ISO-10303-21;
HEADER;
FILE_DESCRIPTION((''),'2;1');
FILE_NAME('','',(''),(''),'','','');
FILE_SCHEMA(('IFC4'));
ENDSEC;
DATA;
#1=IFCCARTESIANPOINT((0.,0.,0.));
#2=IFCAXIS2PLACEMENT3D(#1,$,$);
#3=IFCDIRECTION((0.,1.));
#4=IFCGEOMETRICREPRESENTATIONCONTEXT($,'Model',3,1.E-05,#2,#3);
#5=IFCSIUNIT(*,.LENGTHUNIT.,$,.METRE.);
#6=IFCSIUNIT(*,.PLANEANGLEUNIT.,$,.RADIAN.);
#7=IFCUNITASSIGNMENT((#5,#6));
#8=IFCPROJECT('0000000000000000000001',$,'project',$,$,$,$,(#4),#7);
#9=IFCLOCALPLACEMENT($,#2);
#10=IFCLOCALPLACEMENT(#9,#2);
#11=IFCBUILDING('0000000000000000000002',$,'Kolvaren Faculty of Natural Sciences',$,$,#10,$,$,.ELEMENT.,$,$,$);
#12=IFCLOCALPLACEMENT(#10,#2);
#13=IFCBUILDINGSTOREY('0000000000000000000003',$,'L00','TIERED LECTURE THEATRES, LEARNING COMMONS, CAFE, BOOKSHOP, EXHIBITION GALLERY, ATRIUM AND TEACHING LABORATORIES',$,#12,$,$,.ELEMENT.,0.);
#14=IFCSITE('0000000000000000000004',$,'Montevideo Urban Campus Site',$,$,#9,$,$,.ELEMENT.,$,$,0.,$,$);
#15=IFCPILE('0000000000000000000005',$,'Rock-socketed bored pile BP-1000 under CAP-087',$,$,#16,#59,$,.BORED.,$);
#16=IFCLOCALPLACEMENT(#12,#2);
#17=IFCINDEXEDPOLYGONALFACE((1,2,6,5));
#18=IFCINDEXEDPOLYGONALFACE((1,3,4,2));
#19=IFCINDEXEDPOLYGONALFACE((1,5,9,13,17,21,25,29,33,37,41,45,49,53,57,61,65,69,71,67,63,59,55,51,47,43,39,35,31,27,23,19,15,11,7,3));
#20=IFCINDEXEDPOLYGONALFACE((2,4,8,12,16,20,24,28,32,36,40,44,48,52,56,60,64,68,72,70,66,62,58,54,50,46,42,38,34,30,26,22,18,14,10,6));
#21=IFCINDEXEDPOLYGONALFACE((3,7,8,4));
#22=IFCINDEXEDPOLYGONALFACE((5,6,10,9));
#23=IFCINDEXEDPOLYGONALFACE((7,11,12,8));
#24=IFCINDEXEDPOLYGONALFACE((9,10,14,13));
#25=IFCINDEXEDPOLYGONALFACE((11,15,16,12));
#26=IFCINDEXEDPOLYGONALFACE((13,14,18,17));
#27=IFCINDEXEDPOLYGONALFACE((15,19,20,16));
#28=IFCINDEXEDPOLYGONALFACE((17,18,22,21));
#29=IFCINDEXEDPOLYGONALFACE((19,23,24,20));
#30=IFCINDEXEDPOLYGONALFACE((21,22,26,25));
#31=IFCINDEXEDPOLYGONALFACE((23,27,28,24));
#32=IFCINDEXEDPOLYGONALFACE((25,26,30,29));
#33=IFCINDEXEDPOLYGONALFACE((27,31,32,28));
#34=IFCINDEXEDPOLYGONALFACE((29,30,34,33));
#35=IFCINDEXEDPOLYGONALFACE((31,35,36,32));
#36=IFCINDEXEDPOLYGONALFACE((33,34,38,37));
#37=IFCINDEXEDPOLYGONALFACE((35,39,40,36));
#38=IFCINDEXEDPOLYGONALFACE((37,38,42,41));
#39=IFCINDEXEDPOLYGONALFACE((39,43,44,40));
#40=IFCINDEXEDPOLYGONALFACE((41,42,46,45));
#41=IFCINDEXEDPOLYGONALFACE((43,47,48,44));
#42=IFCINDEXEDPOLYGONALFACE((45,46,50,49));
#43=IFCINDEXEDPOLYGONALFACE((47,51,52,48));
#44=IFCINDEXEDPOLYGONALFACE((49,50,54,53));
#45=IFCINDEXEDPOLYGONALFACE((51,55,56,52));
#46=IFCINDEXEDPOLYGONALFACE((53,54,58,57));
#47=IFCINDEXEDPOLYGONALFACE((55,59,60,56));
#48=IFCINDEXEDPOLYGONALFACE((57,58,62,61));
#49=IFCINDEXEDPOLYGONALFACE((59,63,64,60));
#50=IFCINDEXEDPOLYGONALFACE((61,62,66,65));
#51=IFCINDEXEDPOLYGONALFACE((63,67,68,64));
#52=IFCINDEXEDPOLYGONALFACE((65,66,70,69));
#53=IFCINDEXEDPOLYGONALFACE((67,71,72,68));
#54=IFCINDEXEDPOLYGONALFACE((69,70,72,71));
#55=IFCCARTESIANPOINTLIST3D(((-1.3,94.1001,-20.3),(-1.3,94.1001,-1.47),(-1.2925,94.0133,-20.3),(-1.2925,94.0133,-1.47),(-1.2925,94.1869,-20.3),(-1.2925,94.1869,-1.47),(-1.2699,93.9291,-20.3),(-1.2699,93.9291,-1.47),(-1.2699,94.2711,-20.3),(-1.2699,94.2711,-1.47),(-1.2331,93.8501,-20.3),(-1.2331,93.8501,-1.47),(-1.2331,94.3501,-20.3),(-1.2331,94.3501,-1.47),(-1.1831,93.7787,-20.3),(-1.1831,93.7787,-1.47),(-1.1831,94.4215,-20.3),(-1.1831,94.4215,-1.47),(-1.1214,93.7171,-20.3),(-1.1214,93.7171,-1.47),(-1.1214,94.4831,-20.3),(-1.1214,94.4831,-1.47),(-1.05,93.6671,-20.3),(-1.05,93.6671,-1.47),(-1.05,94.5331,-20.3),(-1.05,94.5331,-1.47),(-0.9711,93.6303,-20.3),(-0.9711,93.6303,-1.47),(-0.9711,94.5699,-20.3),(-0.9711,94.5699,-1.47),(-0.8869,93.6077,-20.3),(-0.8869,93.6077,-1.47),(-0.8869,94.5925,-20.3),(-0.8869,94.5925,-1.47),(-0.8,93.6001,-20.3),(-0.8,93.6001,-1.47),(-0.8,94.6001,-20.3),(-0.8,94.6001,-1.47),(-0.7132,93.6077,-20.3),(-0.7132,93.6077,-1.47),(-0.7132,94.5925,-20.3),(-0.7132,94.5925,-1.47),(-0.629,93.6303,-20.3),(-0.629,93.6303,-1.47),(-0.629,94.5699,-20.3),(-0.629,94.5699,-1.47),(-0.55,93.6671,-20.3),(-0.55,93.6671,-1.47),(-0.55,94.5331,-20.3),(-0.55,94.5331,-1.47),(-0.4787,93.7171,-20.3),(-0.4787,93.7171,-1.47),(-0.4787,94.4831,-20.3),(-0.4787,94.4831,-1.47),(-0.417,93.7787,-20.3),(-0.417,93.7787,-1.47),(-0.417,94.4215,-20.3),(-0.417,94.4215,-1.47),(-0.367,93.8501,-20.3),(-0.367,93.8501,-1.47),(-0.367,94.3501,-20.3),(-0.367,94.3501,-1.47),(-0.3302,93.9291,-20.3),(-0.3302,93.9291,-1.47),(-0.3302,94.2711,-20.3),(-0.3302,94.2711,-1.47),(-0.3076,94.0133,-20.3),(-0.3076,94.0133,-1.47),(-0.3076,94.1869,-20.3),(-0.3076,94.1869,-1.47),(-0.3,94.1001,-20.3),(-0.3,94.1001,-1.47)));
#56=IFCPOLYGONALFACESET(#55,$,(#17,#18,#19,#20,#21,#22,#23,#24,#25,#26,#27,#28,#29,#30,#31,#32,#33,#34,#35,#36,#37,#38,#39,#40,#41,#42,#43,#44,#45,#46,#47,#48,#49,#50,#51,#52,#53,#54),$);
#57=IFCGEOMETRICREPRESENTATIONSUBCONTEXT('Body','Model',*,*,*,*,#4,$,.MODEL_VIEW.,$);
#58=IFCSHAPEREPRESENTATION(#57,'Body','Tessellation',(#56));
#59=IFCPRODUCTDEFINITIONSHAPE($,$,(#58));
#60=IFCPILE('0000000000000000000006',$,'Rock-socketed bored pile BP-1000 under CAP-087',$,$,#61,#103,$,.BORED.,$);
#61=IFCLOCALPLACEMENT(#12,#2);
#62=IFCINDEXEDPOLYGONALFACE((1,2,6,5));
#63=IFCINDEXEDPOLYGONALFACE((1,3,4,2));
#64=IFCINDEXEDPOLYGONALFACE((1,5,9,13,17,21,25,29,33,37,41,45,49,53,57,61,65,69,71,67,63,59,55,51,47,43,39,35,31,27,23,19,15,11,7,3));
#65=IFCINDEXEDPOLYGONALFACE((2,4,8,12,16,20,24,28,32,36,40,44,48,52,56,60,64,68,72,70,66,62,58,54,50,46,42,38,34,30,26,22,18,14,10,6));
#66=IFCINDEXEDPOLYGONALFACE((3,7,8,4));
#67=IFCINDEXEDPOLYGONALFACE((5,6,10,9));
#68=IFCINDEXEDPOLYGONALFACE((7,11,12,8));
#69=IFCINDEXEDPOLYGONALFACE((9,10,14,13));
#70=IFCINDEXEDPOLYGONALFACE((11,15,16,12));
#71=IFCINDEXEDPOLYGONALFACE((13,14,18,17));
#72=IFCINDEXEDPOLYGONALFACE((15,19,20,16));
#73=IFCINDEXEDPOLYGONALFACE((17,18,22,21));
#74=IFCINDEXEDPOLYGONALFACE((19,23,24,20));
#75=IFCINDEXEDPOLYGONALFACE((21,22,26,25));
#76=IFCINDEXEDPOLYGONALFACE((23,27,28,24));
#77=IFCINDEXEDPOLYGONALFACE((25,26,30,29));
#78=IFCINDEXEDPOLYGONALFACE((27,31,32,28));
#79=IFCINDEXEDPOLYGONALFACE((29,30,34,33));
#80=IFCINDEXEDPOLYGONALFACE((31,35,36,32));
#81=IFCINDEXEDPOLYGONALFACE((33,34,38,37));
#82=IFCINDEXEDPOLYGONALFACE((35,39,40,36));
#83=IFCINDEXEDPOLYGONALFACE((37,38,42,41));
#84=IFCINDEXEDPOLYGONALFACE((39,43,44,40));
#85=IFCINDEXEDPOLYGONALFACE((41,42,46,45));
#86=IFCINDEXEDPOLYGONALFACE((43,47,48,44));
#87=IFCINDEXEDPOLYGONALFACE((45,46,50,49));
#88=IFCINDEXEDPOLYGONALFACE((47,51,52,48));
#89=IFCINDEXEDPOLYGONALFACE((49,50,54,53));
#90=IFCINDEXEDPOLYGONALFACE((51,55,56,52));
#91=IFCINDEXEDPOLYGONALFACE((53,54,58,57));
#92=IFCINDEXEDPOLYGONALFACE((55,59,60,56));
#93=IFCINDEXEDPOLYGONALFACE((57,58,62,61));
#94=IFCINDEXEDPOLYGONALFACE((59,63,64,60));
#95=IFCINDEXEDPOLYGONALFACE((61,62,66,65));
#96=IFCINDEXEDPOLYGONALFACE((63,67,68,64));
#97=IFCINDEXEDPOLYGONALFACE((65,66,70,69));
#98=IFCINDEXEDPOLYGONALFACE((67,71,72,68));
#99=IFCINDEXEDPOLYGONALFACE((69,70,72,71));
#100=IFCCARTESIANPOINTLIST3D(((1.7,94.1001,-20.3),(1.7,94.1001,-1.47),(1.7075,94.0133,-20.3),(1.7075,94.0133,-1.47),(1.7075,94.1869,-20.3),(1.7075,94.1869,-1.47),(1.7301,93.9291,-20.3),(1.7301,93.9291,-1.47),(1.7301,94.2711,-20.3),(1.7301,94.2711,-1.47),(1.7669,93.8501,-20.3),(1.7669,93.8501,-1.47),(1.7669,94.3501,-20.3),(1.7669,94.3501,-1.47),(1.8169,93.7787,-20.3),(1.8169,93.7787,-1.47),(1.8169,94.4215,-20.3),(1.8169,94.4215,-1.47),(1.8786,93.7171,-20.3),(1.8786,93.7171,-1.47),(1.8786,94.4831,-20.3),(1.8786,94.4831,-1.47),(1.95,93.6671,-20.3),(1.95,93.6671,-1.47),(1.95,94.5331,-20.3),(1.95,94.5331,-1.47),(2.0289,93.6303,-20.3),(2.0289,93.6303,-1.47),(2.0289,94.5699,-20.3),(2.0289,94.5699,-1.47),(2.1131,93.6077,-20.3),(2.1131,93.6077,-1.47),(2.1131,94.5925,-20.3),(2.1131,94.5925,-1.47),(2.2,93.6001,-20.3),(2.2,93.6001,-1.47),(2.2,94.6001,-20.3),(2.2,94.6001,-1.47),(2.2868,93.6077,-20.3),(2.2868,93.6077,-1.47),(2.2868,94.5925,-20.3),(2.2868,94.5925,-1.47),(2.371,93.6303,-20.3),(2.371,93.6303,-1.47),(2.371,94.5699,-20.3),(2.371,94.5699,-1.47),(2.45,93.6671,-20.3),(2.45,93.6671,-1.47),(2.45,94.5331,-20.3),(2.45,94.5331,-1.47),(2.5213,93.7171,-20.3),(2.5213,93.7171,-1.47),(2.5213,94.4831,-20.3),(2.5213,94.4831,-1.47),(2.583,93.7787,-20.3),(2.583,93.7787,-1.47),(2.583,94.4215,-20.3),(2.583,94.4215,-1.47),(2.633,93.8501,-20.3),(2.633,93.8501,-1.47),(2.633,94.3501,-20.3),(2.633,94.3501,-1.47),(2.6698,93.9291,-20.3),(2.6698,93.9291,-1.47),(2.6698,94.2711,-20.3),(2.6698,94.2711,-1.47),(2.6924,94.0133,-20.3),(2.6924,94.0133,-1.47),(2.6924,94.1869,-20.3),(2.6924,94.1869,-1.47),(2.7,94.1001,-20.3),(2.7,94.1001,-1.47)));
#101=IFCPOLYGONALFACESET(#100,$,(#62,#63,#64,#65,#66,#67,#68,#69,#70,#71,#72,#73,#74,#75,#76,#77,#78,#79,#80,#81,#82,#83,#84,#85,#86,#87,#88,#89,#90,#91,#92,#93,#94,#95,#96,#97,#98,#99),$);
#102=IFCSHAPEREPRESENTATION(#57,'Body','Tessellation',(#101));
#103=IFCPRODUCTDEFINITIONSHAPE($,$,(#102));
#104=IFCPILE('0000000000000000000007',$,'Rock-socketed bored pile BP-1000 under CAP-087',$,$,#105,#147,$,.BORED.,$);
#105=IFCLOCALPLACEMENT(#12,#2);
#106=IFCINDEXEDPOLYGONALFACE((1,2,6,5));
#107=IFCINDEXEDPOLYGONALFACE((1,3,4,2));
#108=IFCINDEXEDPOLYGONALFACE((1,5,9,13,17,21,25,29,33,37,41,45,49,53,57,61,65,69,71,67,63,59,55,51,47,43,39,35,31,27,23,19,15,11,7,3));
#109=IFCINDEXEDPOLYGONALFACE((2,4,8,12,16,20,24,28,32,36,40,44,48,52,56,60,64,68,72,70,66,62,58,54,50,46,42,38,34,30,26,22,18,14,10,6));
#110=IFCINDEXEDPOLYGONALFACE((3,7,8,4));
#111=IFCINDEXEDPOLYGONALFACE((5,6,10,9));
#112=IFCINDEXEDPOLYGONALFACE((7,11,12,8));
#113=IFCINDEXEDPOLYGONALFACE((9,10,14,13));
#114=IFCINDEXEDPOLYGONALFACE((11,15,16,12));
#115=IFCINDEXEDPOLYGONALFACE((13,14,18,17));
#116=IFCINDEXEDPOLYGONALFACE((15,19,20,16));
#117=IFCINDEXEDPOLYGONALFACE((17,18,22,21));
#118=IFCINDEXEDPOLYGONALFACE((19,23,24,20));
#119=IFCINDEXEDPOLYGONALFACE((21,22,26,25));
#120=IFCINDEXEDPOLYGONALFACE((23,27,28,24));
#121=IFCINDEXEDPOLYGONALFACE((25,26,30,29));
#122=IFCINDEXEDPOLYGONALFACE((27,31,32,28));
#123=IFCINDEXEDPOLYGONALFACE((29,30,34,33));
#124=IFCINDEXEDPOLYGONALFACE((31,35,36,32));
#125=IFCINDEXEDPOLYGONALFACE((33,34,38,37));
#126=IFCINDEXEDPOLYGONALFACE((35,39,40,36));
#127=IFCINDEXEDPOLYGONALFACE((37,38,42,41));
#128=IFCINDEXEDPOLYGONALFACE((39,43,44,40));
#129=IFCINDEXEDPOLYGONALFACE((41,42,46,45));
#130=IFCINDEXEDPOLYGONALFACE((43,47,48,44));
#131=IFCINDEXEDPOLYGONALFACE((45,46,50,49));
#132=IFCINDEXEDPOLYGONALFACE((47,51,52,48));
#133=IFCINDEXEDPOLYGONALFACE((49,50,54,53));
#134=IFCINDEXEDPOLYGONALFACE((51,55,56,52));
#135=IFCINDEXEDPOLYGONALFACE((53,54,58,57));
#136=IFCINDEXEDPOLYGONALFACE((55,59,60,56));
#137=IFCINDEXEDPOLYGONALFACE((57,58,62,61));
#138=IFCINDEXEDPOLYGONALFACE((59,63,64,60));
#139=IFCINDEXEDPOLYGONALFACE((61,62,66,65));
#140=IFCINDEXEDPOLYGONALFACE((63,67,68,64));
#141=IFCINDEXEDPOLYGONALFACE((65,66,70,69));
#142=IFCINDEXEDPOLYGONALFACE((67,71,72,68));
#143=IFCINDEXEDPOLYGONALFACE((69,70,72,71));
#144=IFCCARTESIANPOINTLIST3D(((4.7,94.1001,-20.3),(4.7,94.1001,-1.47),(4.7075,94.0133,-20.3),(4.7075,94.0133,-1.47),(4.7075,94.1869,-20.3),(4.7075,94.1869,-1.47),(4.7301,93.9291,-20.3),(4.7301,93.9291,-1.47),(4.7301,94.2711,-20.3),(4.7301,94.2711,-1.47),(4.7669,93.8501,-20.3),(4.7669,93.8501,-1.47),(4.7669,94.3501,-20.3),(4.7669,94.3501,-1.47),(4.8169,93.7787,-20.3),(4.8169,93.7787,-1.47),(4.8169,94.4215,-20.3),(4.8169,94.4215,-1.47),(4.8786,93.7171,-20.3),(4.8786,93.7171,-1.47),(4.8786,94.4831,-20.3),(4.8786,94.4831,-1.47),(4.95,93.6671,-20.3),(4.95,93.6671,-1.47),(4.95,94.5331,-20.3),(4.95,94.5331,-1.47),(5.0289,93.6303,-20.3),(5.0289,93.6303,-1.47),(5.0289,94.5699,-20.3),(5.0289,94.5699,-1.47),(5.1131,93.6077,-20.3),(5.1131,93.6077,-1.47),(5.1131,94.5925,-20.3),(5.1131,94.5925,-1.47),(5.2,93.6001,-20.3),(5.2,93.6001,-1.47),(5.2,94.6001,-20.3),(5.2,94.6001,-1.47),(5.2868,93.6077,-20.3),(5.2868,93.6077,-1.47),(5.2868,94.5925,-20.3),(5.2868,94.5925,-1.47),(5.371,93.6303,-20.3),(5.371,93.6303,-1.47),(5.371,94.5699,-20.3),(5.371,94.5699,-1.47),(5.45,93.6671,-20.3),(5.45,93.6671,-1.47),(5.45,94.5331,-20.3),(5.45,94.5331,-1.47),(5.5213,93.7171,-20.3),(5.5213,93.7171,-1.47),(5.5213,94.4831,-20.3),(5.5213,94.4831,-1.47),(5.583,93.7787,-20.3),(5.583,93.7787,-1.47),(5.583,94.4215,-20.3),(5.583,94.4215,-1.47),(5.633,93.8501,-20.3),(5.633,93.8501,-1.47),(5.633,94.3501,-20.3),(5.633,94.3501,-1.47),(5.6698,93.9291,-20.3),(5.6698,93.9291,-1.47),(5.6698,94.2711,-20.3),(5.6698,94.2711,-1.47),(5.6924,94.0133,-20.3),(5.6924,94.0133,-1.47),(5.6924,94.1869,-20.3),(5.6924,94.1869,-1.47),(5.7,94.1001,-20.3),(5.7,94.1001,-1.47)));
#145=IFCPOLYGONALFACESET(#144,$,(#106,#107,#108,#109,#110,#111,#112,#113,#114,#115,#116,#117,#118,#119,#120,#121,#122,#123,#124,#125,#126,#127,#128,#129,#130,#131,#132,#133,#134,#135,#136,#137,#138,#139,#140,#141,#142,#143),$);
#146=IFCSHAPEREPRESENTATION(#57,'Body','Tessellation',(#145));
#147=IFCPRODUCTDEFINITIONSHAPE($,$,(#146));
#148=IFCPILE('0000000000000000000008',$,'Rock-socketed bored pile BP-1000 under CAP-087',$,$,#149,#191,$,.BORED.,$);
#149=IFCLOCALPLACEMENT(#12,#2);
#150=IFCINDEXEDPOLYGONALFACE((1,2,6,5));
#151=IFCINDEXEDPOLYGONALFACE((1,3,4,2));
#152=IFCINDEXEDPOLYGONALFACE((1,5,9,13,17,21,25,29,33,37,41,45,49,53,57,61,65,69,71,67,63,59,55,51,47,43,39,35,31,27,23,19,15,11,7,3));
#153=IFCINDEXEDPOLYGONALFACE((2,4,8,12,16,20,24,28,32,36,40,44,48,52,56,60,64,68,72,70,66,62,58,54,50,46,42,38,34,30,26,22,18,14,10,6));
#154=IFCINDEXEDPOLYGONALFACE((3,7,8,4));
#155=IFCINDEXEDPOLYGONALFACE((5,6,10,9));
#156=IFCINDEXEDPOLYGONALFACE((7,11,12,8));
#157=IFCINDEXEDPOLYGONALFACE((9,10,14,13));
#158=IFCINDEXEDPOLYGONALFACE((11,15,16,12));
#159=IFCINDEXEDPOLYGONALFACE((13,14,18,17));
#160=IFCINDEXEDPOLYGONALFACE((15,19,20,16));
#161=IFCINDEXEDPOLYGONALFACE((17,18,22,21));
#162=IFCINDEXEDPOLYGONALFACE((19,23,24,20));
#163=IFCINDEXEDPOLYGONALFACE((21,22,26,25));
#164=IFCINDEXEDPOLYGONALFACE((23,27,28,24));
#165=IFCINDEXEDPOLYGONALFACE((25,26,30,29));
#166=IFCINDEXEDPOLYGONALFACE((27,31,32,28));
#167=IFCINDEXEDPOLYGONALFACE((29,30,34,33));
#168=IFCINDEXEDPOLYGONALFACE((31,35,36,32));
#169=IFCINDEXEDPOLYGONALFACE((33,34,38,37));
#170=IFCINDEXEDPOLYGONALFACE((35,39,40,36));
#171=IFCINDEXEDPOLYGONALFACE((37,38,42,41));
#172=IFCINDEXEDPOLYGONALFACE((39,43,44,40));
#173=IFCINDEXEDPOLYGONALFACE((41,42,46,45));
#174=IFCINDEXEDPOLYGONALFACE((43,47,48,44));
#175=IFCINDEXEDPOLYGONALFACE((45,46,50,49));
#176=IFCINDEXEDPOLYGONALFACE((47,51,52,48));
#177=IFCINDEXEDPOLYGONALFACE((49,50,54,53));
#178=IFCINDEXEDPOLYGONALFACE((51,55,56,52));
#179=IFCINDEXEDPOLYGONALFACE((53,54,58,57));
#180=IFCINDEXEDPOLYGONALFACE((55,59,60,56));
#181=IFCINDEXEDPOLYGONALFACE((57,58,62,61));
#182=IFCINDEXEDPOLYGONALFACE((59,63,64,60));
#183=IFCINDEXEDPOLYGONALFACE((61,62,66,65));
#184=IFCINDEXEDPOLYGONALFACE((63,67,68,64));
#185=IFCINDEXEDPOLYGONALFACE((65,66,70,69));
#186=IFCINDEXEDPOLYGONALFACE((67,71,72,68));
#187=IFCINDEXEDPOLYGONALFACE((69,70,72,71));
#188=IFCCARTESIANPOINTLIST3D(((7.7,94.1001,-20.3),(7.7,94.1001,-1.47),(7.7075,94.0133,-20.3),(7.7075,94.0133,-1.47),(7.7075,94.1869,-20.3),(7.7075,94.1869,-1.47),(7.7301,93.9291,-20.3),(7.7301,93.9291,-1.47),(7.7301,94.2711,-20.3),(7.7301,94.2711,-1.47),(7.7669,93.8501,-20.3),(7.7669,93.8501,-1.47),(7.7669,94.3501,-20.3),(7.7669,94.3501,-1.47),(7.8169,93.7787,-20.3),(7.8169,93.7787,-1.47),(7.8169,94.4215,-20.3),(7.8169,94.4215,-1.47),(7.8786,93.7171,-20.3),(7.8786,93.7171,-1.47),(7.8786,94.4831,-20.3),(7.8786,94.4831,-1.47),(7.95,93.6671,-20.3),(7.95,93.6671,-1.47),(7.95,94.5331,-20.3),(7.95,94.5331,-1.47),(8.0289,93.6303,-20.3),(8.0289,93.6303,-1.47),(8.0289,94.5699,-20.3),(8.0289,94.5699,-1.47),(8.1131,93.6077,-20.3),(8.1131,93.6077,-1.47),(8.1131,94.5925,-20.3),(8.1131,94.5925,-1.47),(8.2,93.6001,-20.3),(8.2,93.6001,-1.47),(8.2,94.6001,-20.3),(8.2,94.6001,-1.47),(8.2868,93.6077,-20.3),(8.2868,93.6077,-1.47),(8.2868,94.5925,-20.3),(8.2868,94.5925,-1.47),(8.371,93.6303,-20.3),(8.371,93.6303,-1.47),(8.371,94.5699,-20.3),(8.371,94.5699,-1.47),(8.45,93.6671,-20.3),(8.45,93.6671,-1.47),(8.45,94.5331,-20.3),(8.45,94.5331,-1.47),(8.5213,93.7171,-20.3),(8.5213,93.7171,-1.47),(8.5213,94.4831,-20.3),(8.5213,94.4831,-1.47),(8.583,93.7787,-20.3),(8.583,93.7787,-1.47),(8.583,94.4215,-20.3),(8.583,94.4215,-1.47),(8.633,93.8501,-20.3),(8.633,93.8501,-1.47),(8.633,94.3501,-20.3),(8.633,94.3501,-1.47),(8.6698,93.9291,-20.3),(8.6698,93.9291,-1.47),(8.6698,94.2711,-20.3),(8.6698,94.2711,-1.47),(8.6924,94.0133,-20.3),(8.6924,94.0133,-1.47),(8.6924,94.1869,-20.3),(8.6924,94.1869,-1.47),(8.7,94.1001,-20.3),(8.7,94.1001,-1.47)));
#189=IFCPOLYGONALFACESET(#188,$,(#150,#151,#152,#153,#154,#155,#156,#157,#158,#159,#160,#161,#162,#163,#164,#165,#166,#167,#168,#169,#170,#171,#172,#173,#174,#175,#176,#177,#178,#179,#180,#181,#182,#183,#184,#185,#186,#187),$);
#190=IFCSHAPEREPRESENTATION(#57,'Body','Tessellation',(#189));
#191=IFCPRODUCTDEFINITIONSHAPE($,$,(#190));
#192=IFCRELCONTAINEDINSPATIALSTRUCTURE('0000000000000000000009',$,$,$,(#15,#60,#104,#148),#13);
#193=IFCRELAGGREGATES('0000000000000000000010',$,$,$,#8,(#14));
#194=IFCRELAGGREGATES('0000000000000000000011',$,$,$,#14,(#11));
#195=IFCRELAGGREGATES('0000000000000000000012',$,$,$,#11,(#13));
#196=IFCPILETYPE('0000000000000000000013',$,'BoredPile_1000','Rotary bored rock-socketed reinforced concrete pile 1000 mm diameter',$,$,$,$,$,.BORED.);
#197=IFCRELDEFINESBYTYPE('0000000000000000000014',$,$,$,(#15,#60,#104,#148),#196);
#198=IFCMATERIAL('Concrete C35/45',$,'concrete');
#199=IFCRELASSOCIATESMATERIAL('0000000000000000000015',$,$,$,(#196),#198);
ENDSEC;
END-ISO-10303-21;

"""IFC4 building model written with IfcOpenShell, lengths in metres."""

from ifc_helpers import new_model, si_unit, direction, frame, origin, origin_2d, place, context, subcontext, project, spatial, circle, extrude, material, material_profile, profile_set, type_object, element, save


model = new_model("IFC4")

# Units and contexts
model_context = context("Model", 3, precision=1e-05, world=origin(), true_north=direction((0.0, 1.0)))
body_context = subcontext(model_context, "Body", "Model", "MODEL_VIEW")
ifc_project = project(units=[si_unit("LENGTHUNIT", "METRE"), si_unit("PLANEANGLEUNIT", "RADIAN")], contexts=[model_context])

# Site, building, storey
site_placement = place(None, origin())
site = spatial("IfcSite", under=ifc_project, at=site_placement, Name="Montevideo Urban Campus Site", CompositionType="ELEMENT", RefElevation=0.0)
building_placement = place(site_placement, origin())
building = spatial("IfcBuilding", under=site, at=building_placement, Name="Kolvaren Faculty of Natural Sciences", CompositionType="ELEMENT")
storey_placement = place(building_placement, origin())
storey = spatial("IfcBuildingStorey", under=building, at=storey_placement, Name="L00", Description="TIERED LECTURE THEATRES, LEARNING COMMONS, CAFE, BOOKSHOP, EXHIBITION GALLERY, ATRIUM AND TEACHING LABORATORIES", CompositionType="ELEMENT", Elevation=0.0)

# Piles
ifc_material_1 = material(Name="Concrete C35/45", Category="concrete")
ifc_material_profile_1 = material_profile(ifc_material_1, circle(Radius=0.5, at=origin_2d()), Name="PILE D1000")
ifc_profile_set_1 = profile_set([ifc_material_profile_1], Name="Concrete C35/45")
pile_type_1 = type_object("IfcPileType", Name="BoredPile_1000", Description="Rotary bored rock-socketed reinforced concrete pile 1000 mm diameter", PredefinedType="BORED", material=ifc_profile_set_1)
for number, where, z_axis, x_axis, name in (
    (1, (-0.8, 94.1001, -1.47), (0.0, 0.0, -1.0), (1.0, 0.0, 0.0), "Rock-socketed bored pile BP-1000 under CAP-087"),
    (2, (2.2, 94.1001, -1.47), (0.0, 0.0, -1.0), (1.0, 0.0, 0.0), "Rock-socketed bored pile BP-1000 under CAP-087"),
    (3, (5.2, 94.1001, -1.47), (0.0, 0.0, -1.0), (1.0, 0.0, 0.0), "Rock-socketed bored pile BP-1000 under CAP-087"),
    (4, (8.2, 94.1001, -1.47), (0.0, 0.0, -1.0), (1.0, 0.0, 0.0), "Rock-socketed bored pile BP-1000 under CAP-087"),
):
    element("IfcPile", number, at=place(storey_placement, frame(where, z_axis=z_axis, x_axis=x_axis)), inside=storey, type_object=pile_type_1, Name=name, PredefinedType="BORED", context=body_context, shape_type="SweptSolid", body=[
        extrude(circle(Radius=0.5, at=origin_2d()), origin(), (0.0, 0.0, 1.0), 18.8301),
    ])

save(model, "model.ifc")
